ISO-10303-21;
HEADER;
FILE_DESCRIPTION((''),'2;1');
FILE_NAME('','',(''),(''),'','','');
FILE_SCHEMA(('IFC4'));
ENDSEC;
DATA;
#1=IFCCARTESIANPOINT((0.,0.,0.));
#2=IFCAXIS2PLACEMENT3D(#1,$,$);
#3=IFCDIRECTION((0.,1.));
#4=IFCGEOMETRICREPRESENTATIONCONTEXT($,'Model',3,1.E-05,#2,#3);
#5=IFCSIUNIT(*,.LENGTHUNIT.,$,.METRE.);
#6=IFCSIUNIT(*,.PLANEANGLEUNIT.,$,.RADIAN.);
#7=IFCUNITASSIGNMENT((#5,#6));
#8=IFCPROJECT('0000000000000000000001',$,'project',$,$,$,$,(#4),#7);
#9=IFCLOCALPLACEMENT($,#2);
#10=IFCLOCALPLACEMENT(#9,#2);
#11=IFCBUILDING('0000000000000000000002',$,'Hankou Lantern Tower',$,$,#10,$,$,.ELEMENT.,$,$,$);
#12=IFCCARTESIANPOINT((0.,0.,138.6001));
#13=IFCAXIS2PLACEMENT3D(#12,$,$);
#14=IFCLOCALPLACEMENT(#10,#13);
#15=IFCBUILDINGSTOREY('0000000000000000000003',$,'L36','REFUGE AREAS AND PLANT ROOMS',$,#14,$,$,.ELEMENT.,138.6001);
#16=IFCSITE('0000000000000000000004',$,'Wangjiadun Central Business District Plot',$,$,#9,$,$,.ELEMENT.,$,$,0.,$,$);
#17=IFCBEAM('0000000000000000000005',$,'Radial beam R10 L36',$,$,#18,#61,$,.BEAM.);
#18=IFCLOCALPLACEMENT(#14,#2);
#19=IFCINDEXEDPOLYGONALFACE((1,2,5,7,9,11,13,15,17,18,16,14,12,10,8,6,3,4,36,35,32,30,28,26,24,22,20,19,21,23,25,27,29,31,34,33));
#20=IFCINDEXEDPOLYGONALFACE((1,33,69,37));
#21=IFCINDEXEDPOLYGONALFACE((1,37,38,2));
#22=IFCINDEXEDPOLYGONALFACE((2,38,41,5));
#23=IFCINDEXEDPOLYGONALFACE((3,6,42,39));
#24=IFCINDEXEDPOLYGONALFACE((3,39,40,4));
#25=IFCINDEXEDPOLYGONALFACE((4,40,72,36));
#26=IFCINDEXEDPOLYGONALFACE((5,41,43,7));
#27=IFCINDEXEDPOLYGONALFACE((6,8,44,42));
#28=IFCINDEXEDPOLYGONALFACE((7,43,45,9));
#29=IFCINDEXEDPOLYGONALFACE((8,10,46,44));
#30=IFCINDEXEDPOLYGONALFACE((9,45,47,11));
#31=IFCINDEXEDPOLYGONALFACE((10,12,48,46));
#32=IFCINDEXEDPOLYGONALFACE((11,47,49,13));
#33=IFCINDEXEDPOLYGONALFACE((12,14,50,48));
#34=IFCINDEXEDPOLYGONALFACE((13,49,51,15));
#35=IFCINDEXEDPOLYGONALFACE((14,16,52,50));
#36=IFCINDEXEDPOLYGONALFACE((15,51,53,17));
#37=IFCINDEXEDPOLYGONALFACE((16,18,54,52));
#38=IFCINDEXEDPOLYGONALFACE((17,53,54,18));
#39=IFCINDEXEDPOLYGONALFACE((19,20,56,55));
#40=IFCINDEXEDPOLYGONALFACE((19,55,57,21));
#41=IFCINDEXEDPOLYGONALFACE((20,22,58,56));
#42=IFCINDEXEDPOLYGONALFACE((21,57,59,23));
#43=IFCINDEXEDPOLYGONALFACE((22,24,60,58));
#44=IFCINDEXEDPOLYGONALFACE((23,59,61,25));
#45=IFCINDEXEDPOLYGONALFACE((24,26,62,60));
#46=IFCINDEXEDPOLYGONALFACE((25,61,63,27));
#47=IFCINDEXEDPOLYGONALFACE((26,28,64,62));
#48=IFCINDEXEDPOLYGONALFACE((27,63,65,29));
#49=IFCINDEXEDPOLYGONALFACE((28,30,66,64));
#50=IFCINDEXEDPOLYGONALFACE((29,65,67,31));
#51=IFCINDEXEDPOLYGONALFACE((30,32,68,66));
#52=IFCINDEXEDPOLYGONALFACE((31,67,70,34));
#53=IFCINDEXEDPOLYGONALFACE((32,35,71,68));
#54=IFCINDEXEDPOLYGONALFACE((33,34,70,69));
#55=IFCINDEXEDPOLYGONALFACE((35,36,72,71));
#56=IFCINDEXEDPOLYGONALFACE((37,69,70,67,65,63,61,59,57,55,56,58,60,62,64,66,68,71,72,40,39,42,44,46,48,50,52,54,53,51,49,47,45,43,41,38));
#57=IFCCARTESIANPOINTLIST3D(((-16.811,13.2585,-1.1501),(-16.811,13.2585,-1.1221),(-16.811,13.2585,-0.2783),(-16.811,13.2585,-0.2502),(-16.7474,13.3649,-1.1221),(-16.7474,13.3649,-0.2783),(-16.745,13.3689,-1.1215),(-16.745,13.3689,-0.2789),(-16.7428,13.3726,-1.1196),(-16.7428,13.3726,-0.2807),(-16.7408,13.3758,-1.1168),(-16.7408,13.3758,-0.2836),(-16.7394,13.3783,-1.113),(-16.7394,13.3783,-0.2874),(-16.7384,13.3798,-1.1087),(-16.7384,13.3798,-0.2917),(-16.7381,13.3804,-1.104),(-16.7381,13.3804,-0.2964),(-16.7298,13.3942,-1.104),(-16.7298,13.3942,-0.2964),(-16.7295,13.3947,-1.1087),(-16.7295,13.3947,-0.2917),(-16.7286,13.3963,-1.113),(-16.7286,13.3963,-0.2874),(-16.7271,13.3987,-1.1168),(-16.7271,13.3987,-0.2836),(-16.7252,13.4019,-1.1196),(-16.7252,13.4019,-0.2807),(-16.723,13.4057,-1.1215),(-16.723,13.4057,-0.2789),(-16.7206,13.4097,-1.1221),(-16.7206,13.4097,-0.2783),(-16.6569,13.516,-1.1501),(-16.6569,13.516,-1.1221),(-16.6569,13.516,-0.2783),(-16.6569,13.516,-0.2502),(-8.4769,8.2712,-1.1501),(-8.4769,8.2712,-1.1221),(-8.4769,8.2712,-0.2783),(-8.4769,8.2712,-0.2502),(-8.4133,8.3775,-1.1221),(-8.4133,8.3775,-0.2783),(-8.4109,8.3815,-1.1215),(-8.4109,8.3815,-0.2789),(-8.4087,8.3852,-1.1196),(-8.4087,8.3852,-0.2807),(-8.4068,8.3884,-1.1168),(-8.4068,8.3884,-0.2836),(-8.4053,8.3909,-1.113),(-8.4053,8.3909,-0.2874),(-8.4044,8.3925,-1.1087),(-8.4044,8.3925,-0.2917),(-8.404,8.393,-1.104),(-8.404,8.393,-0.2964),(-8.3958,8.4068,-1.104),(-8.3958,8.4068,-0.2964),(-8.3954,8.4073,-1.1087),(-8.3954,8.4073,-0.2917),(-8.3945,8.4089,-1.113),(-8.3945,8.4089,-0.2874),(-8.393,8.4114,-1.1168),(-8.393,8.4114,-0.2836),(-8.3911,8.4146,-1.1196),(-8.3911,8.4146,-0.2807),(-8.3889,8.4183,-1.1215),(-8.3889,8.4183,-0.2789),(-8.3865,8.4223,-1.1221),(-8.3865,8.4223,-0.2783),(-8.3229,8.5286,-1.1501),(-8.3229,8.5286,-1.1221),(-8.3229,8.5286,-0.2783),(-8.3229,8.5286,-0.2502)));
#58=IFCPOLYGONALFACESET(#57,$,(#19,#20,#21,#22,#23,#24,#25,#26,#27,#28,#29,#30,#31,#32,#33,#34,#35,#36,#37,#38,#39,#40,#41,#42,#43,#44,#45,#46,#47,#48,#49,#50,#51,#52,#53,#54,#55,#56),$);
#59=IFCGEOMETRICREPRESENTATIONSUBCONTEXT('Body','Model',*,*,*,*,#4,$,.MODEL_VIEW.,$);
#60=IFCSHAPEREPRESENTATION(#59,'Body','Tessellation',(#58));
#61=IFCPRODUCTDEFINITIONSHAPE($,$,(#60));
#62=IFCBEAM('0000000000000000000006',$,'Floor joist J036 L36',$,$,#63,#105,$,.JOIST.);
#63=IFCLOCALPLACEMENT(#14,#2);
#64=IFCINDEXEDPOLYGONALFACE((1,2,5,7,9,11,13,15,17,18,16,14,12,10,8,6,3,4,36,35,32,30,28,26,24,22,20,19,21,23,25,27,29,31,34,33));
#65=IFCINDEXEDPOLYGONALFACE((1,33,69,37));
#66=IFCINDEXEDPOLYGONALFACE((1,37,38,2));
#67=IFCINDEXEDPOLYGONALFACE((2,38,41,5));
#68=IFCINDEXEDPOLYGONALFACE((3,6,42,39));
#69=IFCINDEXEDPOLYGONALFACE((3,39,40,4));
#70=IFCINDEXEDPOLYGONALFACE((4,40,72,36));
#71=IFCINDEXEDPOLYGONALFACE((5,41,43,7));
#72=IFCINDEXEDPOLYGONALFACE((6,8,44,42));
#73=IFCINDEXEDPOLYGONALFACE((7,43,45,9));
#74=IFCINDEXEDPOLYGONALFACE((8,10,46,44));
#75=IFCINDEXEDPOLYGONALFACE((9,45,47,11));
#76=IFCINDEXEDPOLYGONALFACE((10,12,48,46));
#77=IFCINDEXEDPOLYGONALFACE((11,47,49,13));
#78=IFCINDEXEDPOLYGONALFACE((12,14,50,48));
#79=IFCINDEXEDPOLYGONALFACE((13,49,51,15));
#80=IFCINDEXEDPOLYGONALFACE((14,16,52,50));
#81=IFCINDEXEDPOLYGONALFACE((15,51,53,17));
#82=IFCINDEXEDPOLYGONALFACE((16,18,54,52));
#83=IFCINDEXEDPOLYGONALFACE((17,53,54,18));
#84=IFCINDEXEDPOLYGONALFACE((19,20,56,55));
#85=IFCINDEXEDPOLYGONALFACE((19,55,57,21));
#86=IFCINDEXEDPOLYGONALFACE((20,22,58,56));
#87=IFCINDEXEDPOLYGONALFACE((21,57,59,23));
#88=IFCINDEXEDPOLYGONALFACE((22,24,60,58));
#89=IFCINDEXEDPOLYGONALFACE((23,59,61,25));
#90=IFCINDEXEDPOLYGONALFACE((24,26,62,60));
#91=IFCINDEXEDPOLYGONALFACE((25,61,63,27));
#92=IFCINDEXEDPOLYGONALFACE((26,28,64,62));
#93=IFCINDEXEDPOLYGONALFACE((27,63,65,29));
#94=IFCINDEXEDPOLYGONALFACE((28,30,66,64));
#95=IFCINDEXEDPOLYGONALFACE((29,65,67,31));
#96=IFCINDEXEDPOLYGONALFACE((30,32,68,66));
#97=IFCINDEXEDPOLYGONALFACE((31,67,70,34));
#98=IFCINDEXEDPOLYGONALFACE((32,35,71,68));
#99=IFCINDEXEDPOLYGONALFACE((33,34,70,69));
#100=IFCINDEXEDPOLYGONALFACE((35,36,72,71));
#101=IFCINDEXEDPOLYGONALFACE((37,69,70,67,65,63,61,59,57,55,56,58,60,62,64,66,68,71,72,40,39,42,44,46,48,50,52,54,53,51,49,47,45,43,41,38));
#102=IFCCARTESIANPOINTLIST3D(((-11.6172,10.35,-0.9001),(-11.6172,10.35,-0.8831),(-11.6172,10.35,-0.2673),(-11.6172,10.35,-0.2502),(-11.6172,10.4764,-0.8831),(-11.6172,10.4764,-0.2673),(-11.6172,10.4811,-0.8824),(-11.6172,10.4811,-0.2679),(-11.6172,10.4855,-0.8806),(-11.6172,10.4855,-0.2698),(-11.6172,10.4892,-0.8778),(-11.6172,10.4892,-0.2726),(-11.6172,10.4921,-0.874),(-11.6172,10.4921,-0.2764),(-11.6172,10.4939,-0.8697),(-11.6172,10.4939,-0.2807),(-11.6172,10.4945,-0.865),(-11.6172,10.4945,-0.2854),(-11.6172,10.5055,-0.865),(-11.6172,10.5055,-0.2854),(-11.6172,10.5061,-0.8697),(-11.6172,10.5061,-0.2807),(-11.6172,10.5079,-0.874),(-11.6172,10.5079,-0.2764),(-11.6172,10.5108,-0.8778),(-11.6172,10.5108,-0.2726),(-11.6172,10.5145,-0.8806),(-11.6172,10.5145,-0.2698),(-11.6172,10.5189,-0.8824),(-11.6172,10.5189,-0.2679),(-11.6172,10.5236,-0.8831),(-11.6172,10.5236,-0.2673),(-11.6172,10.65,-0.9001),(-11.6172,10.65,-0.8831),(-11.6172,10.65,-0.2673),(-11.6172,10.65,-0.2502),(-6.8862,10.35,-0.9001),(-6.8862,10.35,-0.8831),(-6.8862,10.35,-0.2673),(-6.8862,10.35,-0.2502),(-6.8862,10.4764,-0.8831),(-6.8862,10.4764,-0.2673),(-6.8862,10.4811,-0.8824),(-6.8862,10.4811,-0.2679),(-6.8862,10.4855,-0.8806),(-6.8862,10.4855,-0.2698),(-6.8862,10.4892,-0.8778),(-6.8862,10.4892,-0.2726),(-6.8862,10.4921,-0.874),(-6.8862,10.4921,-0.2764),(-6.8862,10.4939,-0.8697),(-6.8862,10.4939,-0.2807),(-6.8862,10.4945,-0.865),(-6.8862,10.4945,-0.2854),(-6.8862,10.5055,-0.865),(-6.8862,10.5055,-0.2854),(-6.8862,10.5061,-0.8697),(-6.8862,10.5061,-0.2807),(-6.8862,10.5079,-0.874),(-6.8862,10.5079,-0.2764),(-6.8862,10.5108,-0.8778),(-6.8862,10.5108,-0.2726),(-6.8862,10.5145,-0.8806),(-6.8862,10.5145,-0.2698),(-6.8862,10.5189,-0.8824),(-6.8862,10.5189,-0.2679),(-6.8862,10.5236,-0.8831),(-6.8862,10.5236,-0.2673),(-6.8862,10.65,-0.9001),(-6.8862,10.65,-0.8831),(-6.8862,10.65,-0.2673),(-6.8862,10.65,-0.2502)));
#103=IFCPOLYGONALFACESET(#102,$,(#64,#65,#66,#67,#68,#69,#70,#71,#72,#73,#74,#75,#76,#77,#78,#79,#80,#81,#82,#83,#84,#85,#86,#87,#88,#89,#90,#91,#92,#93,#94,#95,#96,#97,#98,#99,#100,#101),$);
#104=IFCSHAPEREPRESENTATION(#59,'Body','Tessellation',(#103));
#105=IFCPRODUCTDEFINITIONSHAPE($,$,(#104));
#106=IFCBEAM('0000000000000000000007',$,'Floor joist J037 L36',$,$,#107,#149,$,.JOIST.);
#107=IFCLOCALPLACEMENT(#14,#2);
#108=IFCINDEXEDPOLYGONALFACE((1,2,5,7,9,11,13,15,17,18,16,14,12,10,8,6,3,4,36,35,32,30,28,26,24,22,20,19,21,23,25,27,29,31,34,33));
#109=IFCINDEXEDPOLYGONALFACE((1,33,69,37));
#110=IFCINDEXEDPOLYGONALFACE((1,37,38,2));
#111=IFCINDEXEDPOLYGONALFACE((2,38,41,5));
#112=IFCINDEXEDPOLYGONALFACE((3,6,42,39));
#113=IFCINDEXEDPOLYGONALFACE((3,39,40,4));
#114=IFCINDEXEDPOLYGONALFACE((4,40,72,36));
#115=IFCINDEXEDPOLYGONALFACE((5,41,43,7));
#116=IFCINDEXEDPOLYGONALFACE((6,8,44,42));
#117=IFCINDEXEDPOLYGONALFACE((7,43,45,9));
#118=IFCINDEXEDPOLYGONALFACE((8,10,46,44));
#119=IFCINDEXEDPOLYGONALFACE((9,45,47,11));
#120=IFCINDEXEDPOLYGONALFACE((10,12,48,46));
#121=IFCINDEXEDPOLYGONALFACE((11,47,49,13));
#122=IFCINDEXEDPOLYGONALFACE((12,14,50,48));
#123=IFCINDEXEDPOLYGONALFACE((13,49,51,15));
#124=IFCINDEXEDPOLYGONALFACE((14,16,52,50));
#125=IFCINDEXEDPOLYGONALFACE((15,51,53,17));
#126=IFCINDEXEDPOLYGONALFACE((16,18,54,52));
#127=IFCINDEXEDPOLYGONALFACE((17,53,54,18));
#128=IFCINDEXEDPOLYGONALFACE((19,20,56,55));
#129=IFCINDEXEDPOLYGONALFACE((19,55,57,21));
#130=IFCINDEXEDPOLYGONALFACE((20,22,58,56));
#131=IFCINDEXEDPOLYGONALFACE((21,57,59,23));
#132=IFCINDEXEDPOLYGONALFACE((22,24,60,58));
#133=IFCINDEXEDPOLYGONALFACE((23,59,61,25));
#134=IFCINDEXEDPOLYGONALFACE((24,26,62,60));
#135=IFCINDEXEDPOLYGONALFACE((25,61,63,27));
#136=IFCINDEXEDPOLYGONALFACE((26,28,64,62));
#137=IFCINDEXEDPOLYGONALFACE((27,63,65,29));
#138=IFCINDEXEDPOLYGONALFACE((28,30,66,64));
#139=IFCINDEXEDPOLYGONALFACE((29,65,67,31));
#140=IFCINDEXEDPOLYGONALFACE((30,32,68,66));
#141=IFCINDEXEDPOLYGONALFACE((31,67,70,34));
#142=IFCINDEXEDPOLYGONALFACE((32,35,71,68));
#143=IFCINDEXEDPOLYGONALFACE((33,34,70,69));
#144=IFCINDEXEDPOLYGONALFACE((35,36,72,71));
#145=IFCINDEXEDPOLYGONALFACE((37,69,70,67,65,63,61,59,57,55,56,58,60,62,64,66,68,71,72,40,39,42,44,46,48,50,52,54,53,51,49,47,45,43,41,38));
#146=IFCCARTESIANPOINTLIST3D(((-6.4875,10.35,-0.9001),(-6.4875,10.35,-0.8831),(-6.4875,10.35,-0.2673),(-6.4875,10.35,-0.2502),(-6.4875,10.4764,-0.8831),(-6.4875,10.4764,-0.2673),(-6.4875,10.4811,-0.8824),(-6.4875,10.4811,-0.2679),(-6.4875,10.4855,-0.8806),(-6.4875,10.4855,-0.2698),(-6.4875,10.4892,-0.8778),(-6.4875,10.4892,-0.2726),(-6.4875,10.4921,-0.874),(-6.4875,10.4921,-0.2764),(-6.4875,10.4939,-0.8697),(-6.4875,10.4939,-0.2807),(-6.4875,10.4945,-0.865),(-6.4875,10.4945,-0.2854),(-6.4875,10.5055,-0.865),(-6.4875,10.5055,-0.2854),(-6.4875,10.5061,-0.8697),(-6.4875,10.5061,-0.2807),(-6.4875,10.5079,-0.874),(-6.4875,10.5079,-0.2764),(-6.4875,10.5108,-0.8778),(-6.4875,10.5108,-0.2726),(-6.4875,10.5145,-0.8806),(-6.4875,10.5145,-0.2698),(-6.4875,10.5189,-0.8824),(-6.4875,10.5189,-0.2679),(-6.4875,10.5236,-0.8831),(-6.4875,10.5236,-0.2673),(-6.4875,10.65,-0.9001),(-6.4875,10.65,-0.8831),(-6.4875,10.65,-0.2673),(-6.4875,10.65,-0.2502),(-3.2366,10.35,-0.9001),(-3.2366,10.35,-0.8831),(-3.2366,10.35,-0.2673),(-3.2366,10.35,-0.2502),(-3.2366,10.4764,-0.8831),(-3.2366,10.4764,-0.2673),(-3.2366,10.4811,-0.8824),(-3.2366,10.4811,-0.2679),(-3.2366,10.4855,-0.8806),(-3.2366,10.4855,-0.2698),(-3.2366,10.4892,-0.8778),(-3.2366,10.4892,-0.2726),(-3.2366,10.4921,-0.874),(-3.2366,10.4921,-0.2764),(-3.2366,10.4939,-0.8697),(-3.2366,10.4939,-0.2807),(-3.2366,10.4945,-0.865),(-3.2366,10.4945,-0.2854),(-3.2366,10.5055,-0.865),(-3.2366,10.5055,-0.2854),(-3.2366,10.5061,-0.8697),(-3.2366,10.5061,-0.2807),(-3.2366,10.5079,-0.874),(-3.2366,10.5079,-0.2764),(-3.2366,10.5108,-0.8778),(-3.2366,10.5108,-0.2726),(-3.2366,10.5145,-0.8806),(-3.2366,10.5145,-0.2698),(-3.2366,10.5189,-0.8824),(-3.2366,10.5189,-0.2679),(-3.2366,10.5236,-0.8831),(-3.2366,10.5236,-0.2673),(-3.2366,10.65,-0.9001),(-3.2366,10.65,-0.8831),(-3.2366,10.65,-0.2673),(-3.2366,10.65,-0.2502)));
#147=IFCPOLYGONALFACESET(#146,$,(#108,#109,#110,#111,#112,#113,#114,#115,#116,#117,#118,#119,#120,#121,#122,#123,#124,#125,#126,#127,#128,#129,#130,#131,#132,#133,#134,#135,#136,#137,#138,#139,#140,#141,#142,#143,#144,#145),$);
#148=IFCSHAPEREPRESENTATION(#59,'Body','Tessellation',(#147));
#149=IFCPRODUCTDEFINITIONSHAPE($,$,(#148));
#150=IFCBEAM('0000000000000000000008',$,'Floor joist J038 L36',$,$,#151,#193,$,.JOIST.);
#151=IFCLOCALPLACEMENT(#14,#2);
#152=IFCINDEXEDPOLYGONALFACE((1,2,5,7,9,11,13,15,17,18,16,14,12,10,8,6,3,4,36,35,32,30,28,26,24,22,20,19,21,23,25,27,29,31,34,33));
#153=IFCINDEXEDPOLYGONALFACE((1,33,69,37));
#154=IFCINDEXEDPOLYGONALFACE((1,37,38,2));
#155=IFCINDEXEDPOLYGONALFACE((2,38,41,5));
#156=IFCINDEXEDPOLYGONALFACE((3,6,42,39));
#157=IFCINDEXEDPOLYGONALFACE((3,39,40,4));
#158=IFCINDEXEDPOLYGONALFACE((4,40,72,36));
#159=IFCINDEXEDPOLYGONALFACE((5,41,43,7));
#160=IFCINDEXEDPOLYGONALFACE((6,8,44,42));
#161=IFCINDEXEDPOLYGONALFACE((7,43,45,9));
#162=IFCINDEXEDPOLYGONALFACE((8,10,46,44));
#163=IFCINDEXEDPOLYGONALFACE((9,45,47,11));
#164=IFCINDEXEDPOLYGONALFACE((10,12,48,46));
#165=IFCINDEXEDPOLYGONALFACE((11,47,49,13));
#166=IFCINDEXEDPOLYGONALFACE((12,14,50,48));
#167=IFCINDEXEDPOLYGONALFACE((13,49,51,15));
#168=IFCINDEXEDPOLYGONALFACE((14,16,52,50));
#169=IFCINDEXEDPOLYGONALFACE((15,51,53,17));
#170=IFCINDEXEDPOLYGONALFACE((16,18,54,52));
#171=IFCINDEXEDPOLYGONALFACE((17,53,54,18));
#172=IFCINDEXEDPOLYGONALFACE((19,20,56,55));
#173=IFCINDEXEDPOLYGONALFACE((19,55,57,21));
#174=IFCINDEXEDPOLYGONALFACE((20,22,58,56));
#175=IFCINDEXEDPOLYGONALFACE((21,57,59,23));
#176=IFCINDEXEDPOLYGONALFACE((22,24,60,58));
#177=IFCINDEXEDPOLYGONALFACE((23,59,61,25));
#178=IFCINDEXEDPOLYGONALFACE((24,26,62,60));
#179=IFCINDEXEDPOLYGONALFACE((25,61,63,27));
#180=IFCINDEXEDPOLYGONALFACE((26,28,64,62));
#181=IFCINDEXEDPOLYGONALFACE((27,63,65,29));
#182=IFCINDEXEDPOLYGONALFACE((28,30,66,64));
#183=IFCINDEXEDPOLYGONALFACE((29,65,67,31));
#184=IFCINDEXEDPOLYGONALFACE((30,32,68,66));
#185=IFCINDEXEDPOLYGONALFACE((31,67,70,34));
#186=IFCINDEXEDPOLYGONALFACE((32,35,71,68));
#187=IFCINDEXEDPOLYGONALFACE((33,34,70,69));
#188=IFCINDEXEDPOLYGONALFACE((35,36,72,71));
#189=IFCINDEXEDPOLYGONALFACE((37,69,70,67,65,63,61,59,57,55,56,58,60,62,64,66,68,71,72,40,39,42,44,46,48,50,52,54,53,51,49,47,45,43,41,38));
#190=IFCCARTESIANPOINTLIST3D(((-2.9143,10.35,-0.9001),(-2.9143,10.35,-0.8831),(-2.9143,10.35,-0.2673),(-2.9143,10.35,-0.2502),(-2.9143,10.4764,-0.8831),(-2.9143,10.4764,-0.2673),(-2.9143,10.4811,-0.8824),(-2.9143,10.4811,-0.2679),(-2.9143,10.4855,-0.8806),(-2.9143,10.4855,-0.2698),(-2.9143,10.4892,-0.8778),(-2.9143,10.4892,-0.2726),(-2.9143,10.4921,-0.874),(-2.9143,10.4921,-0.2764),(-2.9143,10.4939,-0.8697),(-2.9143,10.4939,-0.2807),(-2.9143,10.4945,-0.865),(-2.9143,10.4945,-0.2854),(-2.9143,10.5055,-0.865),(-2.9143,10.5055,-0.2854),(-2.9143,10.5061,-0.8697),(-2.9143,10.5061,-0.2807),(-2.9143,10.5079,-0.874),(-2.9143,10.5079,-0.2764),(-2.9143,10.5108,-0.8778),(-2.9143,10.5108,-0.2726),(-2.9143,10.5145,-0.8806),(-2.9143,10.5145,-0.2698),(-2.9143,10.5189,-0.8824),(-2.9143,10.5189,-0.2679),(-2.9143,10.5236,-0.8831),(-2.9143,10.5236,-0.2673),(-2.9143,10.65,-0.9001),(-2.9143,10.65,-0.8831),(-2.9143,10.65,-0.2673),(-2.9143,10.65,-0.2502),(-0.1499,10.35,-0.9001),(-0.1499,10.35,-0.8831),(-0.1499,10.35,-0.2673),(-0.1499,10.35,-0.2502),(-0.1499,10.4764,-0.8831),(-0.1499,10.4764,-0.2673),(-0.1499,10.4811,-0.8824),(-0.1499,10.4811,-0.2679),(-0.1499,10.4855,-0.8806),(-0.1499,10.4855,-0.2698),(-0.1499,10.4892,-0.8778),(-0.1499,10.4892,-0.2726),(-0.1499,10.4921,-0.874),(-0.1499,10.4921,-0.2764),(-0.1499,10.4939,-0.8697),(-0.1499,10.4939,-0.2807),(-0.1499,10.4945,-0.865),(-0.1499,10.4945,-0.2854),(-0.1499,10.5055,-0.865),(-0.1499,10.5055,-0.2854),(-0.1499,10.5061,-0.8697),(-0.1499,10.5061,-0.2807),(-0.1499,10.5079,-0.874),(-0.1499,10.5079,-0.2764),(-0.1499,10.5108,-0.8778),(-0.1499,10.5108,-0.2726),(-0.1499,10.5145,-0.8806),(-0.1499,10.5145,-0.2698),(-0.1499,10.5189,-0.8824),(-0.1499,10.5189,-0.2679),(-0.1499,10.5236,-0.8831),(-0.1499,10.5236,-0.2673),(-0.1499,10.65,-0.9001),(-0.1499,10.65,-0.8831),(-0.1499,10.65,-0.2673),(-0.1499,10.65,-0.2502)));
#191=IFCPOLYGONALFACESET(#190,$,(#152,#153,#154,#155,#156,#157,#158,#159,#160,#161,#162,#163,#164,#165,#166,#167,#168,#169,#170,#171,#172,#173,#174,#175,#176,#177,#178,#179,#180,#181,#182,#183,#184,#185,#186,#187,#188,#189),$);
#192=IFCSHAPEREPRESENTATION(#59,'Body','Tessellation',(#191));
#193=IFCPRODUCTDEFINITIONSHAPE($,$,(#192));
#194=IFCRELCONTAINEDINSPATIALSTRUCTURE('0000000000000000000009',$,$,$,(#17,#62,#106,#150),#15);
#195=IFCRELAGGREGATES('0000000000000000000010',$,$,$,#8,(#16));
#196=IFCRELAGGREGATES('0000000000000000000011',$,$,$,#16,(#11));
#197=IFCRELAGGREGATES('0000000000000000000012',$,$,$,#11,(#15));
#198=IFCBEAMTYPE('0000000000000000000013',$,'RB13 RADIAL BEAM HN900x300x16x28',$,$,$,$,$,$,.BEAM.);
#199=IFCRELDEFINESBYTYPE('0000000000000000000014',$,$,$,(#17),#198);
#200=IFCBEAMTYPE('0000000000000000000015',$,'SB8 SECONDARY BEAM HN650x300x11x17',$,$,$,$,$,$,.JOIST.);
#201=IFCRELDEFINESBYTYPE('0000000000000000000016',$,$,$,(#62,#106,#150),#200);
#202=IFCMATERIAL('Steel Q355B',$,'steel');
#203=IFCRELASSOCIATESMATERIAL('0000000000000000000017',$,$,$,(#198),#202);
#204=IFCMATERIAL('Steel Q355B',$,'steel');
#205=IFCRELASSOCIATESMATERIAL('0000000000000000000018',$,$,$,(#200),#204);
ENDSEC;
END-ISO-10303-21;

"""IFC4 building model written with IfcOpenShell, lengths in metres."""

from ifc_helpers import new_model, si_unit, direction, frame, origin, origin_2d, place, context, subcontext, project, spatial, i_section, extrude, material, material_profile, profile_set, type_object, element, save


model = new_model("IFC4")

# Units and contexts
model_context = context("Model", 3, precision=1e-05, world=origin(), true_north=direction((0.0, 1.0)))
body_context = subcontext(model_context, "Body", "Model", "MODEL_VIEW")
ifc_project = project(units=[si_unit("LENGTHUNIT", "METRE"), si_unit("PLANEANGLEUNIT", "RADIAN")], contexts=[model_context])

# Site, building, storey
site_placement = place(None, origin())
site = spatial("IfcSite", under=ifc_project, at=site_placement, Name="Wangjiadun Central Business District Plot", CompositionType="ELEMENT", RefElevation=0.0)
building_placement = place(site_placement, origin())
building = spatial("IfcBuilding", under=site, at=building_placement, Name="Hankou Lantern Tower", CompositionType="ELEMENT")
storey_placement = place(building_placement, frame((0.0, 0.0, 138.6001)))
storey = spatial("IfcBuildingStorey", under=building, at=storey_placement, Name="L36", Description="REFUGE AREAS AND PLANT ROOMS", CompositionType="ELEMENT", Elevation=138.6001)

# Beams
ifc_material_1 = material(Name="Steel Q355B", Category="steel")
ifc_material_profile_1 = material_profile(ifc_material_1, i_section(OverallWidth=0.3, OverallDepth=0.8999, WebThickness=0.0161, FlangeThickness=0.0281, FilletRadius=0.0181, at=origin_2d()), Name="HN900x300x16x28")
ifc_profile_set_1 = profile_set([ifc_material_profile_1], Name="Steel Q355B")
beam_type_1 = type_object("IfcBeamType", Name="RB13 RADIAL BEAM HN900x300x16x28", PredefinedType="BEAM", material=ifc_profile_set_1)
beam_1_placement = place(storey_placement, frame((-8.3999, 8.3999, -0.7002), z_axis=(-0.858087, 0.513505, 0.0), x_axis=(-0.513505, -0.858087, 0.0)))
element("IfcBeam", 1, at=beam_1_placement, inside=storey, type_object=beam_type_1, Name="Radial beam R10 L36", PredefinedType="BEAM", context=body_context, shape_type="SweptSolid", body=[
    extrude(i_section(OverallWidth=0.3, OverallDepth=0.8999, WebThickness=0.0161, FlangeThickness=0.0281, FilletRadius=0.0181, at=origin_2d()), origin(), (0.0, 0.0, 1.0), 9.7124),
])
ifc_material_2 = material(Name="Steel Q355B", Category="steel")
ifc_material_profile_2 = material_profile(ifc_material_2, i_section(OverallWidth=0.3, OverallDepth=0.6499, WebThickness=0.011, FlangeThickness=0.0171, FilletRadius=0.0181, at=origin_2d()), Name="HN650x300x11x17")
ifc_profile_set_2 = profile_set([ifc_material_profile_2], Name="Steel Q355B")
beam_type_2 = type_object("IfcBeamType", Name="SB8 SECONDARY BEAM HN650x300x11x17", PredefinedType="JOIST", material=ifc_profile_set_2)
beam_2_placement = place(storey_placement, frame((-11.6172, 10.5, -0.5752), z_axis=(1.0, 0.0, 0.0), x_axis=(0.0, 1.0, 0.0)))
element("IfcBeam", 2, at=beam_2_placement, inside=storey, type_object=beam_type_2, Name="Floor joist J036 L36", PredefinedType="JOIST", context=body_context, shape_type="SweptSolid", body=[
    extrude(i_section(OverallWidth=0.3, OverallDepth=0.6499, WebThickness=0.011, FlangeThickness=0.0171, FilletRadius=0.0181, at=origin_2d()), origin(), (0.0, 0.0, 1.0), 4.731),
])
beam_3_placement = place(storey_placement, frame((-6.4875, 10.5, -0.5752), z_axis=(1.0, 0.0, 0.0), x_axis=(0.0, 1.0, 0.0)))
element("IfcBeam", 3, at=beam_3_placement, inside=storey, type_object=beam_type_2, Name="Floor joist J037 L36", PredefinedType="JOIST", context=body_context, shape_type="SweptSolid", body=[
    extrude(i_section(OverallWidth=0.3, OverallDepth=0.6499, WebThickness=0.011, FlangeThickness=0.0171, FilletRadius=0.0181, at=origin_2d()), origin(), (0.0, 0.0, 1.0), 3.251),
])
beam_4_placement = place(storey_placement, frame((-2.9143, 10.5, -0.5752), z_axis=(1.0, 0.0, 0.0), x_axis=(0.0, 1.0, 0.0)))
element("IfcBeam", 4, at=beam_4_placement, inside=storey, type_object=beam_type_2, Name="Floor joist J038 L36", PredefinedType="JOIST", context=body_context, shape_type="SweptSolid", body=[
    extrude(i_section(OverallWidth=0.3, OverallDepth=0.6499, WebThickness=0.011, FlangeThickness=0.0171, FilletRadius=0.0181, at=origin_2d()), origin(), (0.0, 0.0, 1.0), 2.7644),
])

save(model, "model.ifc")
